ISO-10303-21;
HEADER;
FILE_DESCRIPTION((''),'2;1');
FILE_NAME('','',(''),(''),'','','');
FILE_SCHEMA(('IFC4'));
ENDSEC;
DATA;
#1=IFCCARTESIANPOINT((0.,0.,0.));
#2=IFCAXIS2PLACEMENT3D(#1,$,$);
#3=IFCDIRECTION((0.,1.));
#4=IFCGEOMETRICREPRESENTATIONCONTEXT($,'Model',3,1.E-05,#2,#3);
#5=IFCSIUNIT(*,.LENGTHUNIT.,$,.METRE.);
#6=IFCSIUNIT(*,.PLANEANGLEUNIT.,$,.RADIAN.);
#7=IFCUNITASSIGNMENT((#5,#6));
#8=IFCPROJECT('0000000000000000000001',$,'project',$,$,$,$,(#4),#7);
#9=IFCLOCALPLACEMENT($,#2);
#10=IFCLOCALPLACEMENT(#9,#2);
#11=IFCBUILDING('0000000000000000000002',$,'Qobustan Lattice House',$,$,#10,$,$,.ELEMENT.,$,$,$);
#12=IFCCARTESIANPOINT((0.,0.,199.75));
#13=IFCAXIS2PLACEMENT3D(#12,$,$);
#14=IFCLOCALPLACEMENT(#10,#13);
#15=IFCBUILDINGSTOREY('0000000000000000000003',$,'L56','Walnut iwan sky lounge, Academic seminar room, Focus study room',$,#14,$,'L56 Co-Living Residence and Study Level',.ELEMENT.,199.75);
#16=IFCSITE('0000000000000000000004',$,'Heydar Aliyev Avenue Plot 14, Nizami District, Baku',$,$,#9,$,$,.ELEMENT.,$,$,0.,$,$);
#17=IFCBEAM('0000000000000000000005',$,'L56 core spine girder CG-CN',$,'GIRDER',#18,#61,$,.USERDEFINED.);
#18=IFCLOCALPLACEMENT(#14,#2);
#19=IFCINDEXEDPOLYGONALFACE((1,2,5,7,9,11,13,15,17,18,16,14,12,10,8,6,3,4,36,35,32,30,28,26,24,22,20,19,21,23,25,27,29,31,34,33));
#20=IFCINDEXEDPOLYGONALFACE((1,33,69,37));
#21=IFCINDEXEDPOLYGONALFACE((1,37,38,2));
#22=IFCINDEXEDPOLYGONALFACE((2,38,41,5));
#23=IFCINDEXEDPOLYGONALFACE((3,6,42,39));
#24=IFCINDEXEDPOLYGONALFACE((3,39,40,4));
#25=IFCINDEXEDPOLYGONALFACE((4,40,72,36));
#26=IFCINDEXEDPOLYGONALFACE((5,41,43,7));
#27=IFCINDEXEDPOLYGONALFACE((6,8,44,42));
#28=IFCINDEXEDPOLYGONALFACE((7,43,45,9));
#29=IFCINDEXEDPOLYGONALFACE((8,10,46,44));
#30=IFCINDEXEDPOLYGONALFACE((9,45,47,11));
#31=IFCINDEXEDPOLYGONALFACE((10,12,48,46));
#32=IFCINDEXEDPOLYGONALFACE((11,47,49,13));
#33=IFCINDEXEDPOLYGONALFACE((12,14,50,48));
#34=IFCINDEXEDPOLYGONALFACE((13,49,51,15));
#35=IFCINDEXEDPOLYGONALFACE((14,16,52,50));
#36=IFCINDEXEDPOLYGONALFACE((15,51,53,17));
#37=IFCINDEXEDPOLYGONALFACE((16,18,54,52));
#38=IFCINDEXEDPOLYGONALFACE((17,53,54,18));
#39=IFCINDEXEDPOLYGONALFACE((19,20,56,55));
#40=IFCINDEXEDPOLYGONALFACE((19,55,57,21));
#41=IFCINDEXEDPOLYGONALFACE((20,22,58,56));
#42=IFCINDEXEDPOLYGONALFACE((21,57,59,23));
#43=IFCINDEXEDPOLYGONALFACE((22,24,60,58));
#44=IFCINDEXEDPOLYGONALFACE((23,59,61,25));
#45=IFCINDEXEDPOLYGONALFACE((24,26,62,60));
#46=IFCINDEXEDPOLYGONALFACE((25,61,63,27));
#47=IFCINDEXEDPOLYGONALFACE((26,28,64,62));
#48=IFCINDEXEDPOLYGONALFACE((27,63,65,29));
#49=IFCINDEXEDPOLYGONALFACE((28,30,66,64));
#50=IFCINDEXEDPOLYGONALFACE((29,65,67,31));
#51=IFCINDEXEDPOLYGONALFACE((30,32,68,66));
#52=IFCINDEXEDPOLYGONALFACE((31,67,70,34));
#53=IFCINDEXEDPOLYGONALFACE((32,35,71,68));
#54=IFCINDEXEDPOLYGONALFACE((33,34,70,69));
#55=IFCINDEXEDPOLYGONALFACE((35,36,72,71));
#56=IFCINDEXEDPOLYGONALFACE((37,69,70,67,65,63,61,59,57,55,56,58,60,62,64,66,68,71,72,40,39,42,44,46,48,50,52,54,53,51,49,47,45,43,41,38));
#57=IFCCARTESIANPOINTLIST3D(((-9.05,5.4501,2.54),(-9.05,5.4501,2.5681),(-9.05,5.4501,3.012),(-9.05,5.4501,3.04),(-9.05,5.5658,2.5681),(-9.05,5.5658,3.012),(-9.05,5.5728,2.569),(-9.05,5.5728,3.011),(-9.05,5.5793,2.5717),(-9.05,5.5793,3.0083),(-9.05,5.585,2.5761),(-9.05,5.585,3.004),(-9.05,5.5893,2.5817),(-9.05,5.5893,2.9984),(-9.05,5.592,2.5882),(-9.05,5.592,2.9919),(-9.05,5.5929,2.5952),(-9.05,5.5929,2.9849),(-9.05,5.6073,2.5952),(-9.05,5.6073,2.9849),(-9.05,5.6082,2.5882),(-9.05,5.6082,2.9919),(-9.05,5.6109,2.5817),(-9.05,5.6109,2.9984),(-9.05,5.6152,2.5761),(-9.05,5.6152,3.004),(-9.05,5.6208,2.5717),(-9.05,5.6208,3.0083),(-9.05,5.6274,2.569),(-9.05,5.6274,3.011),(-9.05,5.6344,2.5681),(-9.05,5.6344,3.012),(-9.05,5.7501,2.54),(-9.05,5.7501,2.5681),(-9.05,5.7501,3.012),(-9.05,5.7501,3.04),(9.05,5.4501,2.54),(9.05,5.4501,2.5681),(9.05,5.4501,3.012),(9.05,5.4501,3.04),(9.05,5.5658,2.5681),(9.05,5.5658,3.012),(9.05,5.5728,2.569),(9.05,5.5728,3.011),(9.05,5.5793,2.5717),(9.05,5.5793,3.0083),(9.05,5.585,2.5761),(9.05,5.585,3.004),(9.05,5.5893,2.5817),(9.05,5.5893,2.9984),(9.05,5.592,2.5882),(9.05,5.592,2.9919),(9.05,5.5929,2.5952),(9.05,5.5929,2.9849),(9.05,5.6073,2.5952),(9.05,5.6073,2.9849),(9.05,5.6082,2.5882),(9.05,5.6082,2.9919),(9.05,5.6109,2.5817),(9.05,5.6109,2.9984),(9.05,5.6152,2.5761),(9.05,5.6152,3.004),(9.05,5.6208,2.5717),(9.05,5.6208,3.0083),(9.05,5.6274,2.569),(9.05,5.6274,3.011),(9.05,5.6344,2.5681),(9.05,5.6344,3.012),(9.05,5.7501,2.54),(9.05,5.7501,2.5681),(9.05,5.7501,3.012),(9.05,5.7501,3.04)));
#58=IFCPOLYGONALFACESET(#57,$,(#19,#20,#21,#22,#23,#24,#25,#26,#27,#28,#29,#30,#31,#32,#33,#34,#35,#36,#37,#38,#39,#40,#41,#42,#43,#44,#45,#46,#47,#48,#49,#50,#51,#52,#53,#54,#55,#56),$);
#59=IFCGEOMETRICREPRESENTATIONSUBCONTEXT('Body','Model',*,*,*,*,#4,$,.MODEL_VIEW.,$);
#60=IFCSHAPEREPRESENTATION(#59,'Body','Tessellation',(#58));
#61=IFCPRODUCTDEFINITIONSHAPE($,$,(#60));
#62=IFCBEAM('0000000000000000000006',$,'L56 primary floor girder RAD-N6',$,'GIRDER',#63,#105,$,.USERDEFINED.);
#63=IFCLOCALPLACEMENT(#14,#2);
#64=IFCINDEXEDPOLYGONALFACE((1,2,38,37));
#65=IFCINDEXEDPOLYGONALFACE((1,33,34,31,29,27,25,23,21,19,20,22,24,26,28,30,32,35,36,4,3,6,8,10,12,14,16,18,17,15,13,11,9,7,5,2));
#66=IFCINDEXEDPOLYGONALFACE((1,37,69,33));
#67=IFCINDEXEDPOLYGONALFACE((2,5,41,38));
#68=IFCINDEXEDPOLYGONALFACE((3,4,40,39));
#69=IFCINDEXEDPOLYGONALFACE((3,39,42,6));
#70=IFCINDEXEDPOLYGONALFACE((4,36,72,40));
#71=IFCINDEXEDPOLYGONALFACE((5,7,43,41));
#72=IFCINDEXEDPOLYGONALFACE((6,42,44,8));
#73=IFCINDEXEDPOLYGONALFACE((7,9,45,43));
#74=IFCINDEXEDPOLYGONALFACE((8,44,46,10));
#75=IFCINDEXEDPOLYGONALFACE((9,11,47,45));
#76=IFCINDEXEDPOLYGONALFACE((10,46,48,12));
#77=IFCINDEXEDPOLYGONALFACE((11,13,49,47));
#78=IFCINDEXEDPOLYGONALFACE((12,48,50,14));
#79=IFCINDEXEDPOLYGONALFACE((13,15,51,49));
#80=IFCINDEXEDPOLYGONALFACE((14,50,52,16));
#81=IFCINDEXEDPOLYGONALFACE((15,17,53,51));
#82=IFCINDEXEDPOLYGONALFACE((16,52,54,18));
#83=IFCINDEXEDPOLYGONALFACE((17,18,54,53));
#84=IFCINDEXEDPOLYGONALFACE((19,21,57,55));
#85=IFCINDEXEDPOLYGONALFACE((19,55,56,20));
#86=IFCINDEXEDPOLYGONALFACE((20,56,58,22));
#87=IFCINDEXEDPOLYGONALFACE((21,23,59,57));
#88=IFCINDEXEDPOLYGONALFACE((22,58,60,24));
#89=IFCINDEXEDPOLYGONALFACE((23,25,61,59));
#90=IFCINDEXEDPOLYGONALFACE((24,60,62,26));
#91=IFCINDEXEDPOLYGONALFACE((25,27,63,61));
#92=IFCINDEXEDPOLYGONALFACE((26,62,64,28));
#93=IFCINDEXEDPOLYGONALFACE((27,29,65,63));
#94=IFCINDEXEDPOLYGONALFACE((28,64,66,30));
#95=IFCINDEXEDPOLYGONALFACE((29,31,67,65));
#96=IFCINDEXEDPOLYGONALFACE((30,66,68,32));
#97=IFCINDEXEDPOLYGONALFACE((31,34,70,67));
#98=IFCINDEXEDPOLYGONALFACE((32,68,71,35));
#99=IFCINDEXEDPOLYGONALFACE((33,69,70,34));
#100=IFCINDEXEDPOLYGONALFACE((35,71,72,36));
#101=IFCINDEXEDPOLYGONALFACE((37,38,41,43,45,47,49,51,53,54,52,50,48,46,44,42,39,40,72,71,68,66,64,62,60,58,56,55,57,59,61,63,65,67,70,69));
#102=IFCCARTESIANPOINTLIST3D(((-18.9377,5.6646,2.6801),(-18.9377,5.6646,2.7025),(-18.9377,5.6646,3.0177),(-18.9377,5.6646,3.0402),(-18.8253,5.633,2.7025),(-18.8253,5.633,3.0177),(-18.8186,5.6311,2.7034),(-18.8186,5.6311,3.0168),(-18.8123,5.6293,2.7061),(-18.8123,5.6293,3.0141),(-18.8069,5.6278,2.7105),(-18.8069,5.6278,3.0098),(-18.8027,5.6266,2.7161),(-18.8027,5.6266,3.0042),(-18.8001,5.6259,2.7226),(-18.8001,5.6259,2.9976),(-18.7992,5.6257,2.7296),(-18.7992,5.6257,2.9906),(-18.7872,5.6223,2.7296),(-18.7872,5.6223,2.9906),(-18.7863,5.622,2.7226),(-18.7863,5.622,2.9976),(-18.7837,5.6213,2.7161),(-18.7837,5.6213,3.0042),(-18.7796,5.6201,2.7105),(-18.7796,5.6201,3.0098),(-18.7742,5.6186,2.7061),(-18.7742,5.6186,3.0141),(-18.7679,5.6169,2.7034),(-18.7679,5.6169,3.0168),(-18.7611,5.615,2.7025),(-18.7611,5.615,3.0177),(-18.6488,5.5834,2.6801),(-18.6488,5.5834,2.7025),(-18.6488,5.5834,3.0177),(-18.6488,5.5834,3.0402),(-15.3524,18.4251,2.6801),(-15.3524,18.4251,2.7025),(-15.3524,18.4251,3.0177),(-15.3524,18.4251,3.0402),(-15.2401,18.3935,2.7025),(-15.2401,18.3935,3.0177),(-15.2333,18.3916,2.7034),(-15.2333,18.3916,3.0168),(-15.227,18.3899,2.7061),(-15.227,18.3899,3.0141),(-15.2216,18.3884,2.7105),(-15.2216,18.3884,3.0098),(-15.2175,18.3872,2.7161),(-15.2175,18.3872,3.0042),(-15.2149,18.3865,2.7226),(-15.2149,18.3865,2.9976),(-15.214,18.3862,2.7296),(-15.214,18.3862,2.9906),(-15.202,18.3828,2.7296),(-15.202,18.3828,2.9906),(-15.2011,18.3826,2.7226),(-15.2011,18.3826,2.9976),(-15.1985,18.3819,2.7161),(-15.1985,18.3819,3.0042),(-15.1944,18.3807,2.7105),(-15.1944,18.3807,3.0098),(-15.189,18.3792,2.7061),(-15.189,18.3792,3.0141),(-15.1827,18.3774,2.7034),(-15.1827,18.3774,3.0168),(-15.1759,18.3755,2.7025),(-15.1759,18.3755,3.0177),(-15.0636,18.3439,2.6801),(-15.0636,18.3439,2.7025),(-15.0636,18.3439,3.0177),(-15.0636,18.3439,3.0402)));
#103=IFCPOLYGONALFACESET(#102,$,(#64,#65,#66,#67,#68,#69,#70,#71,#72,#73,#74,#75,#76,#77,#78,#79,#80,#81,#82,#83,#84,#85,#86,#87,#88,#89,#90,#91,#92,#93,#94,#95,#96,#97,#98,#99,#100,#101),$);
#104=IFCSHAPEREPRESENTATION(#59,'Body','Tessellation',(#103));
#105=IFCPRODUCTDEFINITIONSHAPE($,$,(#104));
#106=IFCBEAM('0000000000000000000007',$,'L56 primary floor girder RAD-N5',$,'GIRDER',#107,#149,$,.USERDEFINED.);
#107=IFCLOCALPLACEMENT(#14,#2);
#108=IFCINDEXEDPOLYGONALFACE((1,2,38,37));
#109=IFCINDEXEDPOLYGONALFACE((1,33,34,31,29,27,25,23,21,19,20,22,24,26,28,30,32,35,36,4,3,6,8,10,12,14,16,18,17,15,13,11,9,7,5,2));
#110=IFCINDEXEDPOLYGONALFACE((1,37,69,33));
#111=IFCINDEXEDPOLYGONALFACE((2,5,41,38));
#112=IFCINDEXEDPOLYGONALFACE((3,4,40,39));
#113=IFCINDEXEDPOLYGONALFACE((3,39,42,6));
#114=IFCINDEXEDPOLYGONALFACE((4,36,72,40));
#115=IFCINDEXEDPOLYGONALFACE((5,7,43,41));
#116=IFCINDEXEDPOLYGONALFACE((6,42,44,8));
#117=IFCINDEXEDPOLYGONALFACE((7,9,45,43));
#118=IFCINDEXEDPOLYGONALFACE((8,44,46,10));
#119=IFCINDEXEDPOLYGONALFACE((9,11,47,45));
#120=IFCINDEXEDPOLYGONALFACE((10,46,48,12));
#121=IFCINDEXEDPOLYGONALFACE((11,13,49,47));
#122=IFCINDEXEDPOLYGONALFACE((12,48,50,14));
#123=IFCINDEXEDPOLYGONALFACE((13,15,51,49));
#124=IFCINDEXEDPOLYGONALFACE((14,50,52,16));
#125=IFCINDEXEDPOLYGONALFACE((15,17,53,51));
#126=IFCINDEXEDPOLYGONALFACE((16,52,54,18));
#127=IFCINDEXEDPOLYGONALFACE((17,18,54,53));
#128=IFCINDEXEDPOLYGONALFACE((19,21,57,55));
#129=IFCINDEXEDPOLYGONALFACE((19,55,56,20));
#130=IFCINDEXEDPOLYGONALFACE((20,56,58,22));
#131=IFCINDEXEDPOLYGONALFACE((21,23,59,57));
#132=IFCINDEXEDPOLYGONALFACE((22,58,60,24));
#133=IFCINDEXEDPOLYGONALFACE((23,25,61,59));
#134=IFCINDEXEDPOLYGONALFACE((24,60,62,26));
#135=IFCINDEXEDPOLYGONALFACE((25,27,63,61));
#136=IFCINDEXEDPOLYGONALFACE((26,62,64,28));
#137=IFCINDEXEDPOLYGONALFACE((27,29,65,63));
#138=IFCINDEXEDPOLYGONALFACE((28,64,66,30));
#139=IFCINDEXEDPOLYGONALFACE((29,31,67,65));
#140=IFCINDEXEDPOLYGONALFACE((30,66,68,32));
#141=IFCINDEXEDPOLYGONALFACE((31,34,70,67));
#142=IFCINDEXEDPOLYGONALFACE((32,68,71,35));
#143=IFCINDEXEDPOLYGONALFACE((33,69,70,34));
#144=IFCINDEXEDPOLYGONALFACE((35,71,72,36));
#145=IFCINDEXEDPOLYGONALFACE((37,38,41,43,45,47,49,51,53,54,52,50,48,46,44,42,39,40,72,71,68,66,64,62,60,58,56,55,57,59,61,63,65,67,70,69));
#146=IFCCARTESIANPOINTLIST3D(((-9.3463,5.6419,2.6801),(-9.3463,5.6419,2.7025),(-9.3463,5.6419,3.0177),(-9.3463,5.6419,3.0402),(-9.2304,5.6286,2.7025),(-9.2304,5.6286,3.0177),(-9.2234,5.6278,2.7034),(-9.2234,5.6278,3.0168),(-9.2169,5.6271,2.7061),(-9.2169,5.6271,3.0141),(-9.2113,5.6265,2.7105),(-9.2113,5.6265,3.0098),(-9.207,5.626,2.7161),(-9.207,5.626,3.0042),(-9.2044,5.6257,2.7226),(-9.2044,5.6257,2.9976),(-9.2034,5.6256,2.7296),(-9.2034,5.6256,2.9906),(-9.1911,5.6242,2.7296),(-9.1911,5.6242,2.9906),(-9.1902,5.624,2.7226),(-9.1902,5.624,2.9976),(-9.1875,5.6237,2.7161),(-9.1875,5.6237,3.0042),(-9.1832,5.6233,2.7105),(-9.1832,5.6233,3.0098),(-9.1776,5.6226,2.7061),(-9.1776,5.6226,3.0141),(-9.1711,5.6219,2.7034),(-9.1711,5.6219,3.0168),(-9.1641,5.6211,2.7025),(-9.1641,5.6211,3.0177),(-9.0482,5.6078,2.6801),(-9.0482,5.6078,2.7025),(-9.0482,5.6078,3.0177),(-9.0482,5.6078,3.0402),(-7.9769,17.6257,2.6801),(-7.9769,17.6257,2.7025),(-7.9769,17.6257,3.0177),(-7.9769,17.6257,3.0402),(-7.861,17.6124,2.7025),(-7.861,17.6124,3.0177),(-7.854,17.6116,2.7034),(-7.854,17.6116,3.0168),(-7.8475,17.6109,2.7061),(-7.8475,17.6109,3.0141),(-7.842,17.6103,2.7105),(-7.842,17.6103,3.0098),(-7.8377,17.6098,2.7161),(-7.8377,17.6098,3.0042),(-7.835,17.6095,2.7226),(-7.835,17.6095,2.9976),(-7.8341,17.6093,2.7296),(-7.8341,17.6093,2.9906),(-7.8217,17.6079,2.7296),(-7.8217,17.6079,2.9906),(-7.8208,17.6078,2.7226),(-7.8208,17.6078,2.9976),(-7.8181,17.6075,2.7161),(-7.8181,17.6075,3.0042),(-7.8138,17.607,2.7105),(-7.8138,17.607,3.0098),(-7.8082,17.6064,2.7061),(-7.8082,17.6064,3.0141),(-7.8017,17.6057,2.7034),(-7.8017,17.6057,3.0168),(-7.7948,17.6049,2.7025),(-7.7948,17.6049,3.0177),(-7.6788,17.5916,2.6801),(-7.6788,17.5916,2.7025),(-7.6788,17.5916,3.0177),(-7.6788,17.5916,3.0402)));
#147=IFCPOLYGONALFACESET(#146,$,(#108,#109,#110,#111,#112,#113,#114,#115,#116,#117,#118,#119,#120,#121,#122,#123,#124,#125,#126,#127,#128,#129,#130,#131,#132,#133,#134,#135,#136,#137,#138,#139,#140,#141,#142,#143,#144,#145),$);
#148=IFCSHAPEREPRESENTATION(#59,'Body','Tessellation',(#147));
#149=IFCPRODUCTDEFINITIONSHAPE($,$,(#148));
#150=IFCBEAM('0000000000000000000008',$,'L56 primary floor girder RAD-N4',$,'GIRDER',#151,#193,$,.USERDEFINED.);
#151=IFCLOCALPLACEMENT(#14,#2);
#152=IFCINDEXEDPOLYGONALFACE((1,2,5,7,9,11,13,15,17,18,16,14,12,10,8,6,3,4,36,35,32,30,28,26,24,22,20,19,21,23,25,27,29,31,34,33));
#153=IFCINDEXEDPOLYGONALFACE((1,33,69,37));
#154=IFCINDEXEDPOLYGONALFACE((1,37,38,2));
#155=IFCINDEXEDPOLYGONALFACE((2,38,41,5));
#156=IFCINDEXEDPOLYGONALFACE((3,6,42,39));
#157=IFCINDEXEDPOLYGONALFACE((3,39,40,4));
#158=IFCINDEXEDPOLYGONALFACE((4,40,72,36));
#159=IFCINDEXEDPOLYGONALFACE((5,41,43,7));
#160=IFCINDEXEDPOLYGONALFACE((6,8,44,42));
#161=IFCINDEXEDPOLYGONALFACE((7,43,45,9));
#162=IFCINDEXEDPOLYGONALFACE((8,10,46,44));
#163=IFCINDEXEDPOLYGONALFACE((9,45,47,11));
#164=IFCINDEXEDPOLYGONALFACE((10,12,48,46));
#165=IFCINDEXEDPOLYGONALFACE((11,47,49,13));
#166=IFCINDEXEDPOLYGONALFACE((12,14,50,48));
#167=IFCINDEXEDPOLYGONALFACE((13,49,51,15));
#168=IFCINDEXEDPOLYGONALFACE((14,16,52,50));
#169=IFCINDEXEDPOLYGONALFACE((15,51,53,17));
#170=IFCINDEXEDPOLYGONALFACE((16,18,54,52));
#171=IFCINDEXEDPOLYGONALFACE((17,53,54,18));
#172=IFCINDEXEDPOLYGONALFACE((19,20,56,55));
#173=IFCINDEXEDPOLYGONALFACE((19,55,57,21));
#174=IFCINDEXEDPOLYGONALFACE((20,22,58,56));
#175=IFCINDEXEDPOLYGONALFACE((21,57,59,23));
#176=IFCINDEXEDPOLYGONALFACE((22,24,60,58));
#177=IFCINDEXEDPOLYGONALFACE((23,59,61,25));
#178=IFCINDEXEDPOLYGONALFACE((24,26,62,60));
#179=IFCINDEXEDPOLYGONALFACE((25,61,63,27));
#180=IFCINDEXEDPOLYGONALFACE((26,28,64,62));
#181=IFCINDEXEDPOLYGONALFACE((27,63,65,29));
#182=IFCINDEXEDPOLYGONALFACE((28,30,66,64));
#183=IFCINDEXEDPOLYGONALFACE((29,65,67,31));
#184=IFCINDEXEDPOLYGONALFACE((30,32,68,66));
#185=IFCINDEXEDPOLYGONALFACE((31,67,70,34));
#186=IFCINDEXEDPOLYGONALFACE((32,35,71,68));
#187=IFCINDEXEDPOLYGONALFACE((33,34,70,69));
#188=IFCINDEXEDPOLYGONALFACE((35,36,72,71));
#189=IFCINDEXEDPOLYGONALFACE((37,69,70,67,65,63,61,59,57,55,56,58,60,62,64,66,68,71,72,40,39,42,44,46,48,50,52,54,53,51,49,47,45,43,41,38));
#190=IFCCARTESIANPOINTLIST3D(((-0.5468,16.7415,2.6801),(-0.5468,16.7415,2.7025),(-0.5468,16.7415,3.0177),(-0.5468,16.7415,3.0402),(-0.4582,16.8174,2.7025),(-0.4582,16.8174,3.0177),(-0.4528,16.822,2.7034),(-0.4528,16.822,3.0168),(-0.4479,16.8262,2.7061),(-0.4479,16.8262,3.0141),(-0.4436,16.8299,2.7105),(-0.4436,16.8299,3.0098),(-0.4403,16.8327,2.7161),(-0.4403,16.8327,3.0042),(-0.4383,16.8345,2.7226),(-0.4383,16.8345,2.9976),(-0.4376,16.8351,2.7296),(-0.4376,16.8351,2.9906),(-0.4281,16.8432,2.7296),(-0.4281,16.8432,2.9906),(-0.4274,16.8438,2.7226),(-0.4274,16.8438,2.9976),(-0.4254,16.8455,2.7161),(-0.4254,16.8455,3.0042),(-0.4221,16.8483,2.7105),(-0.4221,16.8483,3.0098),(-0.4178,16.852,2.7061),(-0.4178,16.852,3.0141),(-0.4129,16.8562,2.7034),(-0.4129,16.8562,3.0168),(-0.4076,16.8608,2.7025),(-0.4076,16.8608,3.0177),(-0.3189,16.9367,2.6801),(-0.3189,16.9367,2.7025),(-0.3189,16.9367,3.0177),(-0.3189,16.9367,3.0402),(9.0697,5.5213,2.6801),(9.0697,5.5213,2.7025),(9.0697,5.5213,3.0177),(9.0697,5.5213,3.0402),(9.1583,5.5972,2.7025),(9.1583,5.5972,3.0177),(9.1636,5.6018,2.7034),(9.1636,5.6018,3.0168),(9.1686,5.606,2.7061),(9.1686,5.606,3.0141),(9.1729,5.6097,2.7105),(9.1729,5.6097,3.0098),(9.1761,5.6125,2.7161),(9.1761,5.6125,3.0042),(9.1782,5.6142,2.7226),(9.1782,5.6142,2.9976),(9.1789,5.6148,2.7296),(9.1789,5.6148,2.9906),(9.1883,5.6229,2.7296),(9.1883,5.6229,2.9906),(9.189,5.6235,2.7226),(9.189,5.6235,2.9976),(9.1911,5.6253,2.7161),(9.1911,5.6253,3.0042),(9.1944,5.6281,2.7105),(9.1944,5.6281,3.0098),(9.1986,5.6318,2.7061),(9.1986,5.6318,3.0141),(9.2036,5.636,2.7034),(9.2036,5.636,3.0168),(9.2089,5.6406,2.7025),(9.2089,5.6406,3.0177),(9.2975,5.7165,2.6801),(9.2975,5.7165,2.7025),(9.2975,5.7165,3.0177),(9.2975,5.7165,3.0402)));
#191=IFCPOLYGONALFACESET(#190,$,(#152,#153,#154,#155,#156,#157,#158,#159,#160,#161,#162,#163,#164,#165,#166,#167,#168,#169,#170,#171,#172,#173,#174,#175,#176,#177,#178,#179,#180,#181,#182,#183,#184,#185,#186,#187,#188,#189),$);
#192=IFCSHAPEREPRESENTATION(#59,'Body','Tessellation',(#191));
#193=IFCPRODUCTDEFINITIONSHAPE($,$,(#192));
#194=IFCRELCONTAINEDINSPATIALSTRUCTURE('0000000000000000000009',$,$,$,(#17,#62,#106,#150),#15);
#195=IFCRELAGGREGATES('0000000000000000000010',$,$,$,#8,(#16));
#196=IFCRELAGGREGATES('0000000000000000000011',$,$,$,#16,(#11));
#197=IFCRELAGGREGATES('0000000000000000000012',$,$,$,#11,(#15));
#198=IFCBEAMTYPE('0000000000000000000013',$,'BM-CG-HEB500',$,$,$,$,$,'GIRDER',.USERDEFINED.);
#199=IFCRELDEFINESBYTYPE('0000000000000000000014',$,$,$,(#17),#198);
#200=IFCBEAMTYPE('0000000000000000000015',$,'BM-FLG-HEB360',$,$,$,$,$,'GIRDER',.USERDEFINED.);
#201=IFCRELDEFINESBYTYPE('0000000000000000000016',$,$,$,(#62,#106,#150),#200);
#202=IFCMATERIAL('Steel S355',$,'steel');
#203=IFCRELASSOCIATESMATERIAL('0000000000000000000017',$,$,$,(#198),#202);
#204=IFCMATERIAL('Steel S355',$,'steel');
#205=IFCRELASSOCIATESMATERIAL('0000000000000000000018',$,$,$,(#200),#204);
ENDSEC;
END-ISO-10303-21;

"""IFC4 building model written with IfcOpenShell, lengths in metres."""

from ifc_helpers import new_model, si_unit, direction, frame, origin, origin_2d, place, context, subcontext, project, spatial, i_section, extrude, material, material_profile, profile_set, type_object, element, save


model = new_model("IFC4")

# Units and contexts
model_context = context("Model", 3, precision=1e-05, world=origin(), true_north=direction((0.0, 1.0)))
body_context = subcontext(model_context, "Body", "Model", "MODEL_VIEW")
ifc_project = project(units=[si_unit("LENGTHUNIT", "METRE"), si_unit("PLANEANGLEUNIT", "RADIAN")], contexts=[model_context])

# Site, building, storey
site_placement = place(None, origin())
site = spatial("IfcSite", under=ifc_project, at=site_placement, Name="Heydar Aliyev Avenue Plot 14, Nizami District, Baku", CompositionType="ELEMENT", RefElevation=0.0)
building_placement = place(site_placement, origin())
building = spatial("IfcBuilding", under=site, at=building_placement, Name="Qobustan Lattice House", CompositionType="ELEMENT")
storey_placement = place(building_placement, frame((0.0, 0.0, 199.75)))
storey = spatial("IfcBuildingStorey", under=building, at=storey_placement, Name="L56", Description="Walnut iwan sky lounge, Academic seminar room, Focus study room", LongName="L56 Co-Living Residence and Study Level", CompositionType="ELEMENT", Elevation=199.75)

# Beams
ifc_material_1 = material(Name="Steel S355", Category="steel")
ifc_material_profile_1 = material_profile(ifc_material_1, i_section(OverallWidth=0.3, OverallDepth=0.5, WebThickness=0.0144, FlangeThickness=0.0281, FilletRadius=0.0271, at=origin_2d()), Name="HEB500")
ifc_profile_set_1 = profile_set([ifc_material_profile_1], Name="Steel S355")
beam_type_1 = type_object("IfcBeamType", Name="BM-CG-HEB500", ElementType="GIRDER", PredefinedType="USERDEFINED", material=ifc_profile_set_1)
beam_1_placement = place(storey_placement, frame((-9.05, 5.6001, 2.79), z_axis=(1.0, 0.0, 0.0), x_axis=(0.0, 1.0, 0.0)))
element("IfcBeam", 1, at=beam_1_placement, inside=storey, type_object=beam_type_1, Name="L56 core spine girder CG-CN", ObjectType="GIRDER", PredefinedType="USERDEFINED", context=body_context, shape_type="SweptSolid", body=[
    extrude(i_section(OverallWidth=0.3, OverallDepth=0.5, WebThickness=0.0144, FlangeThickness=0.0281, FilletRadius=0.0271, at=origin_2d()), origin(), (0.0, 0.0, 1.0), 18.1001),
])
ifc_material_2 = material(Name="Steel S355", Category="steel")
ifc_material_profile_2 = material_profile(ifc_material_2, i_section(OverallWidth=0.3, OverallDepth=0.3601, WebThickness=0.0125, FlangeThickness=0.0225, FilletRadius=0.0271, at=origin_2d()), Name="HEB360")
ifc_profile_set_2 = profile_set([ifc_material_profile_2], Name="Steel S355")
beam_type_2 = type_object("IfcBeamType", Name="BM-FLG-HEB360", ElementType="GIRDER", PredefinedType="USERDEFINED", material=ifc_profile_set_2)
beam_2_placement = place(storey_placement, frame((-15.208, 18.3845, 2.8601), z_axis=(-0.270488, -0.962723, 0.0), x_axis=(0.962723, -0.270488, 0.0)))
element("IfcBeam", 2, at=beam_2_placement, inside=storey, type_object=beam_type_2, Name="L56 primary floor girder RAD-N6", ObjectType="GIRDER", PredefinedType="USERDEFINED", context=body_context, shape_type="SweptSolid", body=[
    extrude(i_section(OverallWidth=0.3, OverallDepth=0.3601, WebThickness=0.0125, FlangeThickness=0.0225, FilletRadius=0.0271, at=origin_2d()), origin(), (0.0, 0.0, 1.0), 13.2546),
])
beam_3_placement = place(storey_placement, frame((-7.8279, 17.6086, 2.8601), z_axis=(-0.11353, -0.993535, 0.0), x_axis=(0.993535, -0.11353, 0.0)))
element("IfcBeam", 3, at=beam_3_placement, inside=storey, type_object=beam_type_2, Name="L56 primary floor girder RAD-N5", ObjectType="GIRDER", PredefinedType="USERDEFINED", context=body_context, shape_type="SweptSolid", body=[
    extrude(i_section(OverallWidth=0.3, OverallDepth=0.3601, WebThickness=0.0125, FlangeThickness=0.0225, FilletRadius=0.0271, at=origin_2d()), origin(), (0.0, 0.0, 1.0), 12.0618),
])
beam_4_placement = place(storey_placement, frame((-0.4329, 16.8391, 2.8601), z_axis=(0.650757, -0.759286, 0.0), x_axis=(0.759286, 0.650757, 0.0)))
element("IfcBeam", 4, at=beam_4_placement, inside=storey, type_object=beam_type_2, Name="L56 primary floor girder RAD-N4", ObjectType="GIRDER", PredefinedType="USERDEFINED", context=body_context, shape_type="SweptSolid", body=[
    extrude(i_section(OverallWidth=0.3, OverallDepth=0.3601, WebThickness=0.0125, FlangeThickness=0.0225, FilletRadius=0.0271, at=origin_2d()), origin(), (0.0, 0.0, 1.0), 14.7773),
])

save(model, "model.ifc")
